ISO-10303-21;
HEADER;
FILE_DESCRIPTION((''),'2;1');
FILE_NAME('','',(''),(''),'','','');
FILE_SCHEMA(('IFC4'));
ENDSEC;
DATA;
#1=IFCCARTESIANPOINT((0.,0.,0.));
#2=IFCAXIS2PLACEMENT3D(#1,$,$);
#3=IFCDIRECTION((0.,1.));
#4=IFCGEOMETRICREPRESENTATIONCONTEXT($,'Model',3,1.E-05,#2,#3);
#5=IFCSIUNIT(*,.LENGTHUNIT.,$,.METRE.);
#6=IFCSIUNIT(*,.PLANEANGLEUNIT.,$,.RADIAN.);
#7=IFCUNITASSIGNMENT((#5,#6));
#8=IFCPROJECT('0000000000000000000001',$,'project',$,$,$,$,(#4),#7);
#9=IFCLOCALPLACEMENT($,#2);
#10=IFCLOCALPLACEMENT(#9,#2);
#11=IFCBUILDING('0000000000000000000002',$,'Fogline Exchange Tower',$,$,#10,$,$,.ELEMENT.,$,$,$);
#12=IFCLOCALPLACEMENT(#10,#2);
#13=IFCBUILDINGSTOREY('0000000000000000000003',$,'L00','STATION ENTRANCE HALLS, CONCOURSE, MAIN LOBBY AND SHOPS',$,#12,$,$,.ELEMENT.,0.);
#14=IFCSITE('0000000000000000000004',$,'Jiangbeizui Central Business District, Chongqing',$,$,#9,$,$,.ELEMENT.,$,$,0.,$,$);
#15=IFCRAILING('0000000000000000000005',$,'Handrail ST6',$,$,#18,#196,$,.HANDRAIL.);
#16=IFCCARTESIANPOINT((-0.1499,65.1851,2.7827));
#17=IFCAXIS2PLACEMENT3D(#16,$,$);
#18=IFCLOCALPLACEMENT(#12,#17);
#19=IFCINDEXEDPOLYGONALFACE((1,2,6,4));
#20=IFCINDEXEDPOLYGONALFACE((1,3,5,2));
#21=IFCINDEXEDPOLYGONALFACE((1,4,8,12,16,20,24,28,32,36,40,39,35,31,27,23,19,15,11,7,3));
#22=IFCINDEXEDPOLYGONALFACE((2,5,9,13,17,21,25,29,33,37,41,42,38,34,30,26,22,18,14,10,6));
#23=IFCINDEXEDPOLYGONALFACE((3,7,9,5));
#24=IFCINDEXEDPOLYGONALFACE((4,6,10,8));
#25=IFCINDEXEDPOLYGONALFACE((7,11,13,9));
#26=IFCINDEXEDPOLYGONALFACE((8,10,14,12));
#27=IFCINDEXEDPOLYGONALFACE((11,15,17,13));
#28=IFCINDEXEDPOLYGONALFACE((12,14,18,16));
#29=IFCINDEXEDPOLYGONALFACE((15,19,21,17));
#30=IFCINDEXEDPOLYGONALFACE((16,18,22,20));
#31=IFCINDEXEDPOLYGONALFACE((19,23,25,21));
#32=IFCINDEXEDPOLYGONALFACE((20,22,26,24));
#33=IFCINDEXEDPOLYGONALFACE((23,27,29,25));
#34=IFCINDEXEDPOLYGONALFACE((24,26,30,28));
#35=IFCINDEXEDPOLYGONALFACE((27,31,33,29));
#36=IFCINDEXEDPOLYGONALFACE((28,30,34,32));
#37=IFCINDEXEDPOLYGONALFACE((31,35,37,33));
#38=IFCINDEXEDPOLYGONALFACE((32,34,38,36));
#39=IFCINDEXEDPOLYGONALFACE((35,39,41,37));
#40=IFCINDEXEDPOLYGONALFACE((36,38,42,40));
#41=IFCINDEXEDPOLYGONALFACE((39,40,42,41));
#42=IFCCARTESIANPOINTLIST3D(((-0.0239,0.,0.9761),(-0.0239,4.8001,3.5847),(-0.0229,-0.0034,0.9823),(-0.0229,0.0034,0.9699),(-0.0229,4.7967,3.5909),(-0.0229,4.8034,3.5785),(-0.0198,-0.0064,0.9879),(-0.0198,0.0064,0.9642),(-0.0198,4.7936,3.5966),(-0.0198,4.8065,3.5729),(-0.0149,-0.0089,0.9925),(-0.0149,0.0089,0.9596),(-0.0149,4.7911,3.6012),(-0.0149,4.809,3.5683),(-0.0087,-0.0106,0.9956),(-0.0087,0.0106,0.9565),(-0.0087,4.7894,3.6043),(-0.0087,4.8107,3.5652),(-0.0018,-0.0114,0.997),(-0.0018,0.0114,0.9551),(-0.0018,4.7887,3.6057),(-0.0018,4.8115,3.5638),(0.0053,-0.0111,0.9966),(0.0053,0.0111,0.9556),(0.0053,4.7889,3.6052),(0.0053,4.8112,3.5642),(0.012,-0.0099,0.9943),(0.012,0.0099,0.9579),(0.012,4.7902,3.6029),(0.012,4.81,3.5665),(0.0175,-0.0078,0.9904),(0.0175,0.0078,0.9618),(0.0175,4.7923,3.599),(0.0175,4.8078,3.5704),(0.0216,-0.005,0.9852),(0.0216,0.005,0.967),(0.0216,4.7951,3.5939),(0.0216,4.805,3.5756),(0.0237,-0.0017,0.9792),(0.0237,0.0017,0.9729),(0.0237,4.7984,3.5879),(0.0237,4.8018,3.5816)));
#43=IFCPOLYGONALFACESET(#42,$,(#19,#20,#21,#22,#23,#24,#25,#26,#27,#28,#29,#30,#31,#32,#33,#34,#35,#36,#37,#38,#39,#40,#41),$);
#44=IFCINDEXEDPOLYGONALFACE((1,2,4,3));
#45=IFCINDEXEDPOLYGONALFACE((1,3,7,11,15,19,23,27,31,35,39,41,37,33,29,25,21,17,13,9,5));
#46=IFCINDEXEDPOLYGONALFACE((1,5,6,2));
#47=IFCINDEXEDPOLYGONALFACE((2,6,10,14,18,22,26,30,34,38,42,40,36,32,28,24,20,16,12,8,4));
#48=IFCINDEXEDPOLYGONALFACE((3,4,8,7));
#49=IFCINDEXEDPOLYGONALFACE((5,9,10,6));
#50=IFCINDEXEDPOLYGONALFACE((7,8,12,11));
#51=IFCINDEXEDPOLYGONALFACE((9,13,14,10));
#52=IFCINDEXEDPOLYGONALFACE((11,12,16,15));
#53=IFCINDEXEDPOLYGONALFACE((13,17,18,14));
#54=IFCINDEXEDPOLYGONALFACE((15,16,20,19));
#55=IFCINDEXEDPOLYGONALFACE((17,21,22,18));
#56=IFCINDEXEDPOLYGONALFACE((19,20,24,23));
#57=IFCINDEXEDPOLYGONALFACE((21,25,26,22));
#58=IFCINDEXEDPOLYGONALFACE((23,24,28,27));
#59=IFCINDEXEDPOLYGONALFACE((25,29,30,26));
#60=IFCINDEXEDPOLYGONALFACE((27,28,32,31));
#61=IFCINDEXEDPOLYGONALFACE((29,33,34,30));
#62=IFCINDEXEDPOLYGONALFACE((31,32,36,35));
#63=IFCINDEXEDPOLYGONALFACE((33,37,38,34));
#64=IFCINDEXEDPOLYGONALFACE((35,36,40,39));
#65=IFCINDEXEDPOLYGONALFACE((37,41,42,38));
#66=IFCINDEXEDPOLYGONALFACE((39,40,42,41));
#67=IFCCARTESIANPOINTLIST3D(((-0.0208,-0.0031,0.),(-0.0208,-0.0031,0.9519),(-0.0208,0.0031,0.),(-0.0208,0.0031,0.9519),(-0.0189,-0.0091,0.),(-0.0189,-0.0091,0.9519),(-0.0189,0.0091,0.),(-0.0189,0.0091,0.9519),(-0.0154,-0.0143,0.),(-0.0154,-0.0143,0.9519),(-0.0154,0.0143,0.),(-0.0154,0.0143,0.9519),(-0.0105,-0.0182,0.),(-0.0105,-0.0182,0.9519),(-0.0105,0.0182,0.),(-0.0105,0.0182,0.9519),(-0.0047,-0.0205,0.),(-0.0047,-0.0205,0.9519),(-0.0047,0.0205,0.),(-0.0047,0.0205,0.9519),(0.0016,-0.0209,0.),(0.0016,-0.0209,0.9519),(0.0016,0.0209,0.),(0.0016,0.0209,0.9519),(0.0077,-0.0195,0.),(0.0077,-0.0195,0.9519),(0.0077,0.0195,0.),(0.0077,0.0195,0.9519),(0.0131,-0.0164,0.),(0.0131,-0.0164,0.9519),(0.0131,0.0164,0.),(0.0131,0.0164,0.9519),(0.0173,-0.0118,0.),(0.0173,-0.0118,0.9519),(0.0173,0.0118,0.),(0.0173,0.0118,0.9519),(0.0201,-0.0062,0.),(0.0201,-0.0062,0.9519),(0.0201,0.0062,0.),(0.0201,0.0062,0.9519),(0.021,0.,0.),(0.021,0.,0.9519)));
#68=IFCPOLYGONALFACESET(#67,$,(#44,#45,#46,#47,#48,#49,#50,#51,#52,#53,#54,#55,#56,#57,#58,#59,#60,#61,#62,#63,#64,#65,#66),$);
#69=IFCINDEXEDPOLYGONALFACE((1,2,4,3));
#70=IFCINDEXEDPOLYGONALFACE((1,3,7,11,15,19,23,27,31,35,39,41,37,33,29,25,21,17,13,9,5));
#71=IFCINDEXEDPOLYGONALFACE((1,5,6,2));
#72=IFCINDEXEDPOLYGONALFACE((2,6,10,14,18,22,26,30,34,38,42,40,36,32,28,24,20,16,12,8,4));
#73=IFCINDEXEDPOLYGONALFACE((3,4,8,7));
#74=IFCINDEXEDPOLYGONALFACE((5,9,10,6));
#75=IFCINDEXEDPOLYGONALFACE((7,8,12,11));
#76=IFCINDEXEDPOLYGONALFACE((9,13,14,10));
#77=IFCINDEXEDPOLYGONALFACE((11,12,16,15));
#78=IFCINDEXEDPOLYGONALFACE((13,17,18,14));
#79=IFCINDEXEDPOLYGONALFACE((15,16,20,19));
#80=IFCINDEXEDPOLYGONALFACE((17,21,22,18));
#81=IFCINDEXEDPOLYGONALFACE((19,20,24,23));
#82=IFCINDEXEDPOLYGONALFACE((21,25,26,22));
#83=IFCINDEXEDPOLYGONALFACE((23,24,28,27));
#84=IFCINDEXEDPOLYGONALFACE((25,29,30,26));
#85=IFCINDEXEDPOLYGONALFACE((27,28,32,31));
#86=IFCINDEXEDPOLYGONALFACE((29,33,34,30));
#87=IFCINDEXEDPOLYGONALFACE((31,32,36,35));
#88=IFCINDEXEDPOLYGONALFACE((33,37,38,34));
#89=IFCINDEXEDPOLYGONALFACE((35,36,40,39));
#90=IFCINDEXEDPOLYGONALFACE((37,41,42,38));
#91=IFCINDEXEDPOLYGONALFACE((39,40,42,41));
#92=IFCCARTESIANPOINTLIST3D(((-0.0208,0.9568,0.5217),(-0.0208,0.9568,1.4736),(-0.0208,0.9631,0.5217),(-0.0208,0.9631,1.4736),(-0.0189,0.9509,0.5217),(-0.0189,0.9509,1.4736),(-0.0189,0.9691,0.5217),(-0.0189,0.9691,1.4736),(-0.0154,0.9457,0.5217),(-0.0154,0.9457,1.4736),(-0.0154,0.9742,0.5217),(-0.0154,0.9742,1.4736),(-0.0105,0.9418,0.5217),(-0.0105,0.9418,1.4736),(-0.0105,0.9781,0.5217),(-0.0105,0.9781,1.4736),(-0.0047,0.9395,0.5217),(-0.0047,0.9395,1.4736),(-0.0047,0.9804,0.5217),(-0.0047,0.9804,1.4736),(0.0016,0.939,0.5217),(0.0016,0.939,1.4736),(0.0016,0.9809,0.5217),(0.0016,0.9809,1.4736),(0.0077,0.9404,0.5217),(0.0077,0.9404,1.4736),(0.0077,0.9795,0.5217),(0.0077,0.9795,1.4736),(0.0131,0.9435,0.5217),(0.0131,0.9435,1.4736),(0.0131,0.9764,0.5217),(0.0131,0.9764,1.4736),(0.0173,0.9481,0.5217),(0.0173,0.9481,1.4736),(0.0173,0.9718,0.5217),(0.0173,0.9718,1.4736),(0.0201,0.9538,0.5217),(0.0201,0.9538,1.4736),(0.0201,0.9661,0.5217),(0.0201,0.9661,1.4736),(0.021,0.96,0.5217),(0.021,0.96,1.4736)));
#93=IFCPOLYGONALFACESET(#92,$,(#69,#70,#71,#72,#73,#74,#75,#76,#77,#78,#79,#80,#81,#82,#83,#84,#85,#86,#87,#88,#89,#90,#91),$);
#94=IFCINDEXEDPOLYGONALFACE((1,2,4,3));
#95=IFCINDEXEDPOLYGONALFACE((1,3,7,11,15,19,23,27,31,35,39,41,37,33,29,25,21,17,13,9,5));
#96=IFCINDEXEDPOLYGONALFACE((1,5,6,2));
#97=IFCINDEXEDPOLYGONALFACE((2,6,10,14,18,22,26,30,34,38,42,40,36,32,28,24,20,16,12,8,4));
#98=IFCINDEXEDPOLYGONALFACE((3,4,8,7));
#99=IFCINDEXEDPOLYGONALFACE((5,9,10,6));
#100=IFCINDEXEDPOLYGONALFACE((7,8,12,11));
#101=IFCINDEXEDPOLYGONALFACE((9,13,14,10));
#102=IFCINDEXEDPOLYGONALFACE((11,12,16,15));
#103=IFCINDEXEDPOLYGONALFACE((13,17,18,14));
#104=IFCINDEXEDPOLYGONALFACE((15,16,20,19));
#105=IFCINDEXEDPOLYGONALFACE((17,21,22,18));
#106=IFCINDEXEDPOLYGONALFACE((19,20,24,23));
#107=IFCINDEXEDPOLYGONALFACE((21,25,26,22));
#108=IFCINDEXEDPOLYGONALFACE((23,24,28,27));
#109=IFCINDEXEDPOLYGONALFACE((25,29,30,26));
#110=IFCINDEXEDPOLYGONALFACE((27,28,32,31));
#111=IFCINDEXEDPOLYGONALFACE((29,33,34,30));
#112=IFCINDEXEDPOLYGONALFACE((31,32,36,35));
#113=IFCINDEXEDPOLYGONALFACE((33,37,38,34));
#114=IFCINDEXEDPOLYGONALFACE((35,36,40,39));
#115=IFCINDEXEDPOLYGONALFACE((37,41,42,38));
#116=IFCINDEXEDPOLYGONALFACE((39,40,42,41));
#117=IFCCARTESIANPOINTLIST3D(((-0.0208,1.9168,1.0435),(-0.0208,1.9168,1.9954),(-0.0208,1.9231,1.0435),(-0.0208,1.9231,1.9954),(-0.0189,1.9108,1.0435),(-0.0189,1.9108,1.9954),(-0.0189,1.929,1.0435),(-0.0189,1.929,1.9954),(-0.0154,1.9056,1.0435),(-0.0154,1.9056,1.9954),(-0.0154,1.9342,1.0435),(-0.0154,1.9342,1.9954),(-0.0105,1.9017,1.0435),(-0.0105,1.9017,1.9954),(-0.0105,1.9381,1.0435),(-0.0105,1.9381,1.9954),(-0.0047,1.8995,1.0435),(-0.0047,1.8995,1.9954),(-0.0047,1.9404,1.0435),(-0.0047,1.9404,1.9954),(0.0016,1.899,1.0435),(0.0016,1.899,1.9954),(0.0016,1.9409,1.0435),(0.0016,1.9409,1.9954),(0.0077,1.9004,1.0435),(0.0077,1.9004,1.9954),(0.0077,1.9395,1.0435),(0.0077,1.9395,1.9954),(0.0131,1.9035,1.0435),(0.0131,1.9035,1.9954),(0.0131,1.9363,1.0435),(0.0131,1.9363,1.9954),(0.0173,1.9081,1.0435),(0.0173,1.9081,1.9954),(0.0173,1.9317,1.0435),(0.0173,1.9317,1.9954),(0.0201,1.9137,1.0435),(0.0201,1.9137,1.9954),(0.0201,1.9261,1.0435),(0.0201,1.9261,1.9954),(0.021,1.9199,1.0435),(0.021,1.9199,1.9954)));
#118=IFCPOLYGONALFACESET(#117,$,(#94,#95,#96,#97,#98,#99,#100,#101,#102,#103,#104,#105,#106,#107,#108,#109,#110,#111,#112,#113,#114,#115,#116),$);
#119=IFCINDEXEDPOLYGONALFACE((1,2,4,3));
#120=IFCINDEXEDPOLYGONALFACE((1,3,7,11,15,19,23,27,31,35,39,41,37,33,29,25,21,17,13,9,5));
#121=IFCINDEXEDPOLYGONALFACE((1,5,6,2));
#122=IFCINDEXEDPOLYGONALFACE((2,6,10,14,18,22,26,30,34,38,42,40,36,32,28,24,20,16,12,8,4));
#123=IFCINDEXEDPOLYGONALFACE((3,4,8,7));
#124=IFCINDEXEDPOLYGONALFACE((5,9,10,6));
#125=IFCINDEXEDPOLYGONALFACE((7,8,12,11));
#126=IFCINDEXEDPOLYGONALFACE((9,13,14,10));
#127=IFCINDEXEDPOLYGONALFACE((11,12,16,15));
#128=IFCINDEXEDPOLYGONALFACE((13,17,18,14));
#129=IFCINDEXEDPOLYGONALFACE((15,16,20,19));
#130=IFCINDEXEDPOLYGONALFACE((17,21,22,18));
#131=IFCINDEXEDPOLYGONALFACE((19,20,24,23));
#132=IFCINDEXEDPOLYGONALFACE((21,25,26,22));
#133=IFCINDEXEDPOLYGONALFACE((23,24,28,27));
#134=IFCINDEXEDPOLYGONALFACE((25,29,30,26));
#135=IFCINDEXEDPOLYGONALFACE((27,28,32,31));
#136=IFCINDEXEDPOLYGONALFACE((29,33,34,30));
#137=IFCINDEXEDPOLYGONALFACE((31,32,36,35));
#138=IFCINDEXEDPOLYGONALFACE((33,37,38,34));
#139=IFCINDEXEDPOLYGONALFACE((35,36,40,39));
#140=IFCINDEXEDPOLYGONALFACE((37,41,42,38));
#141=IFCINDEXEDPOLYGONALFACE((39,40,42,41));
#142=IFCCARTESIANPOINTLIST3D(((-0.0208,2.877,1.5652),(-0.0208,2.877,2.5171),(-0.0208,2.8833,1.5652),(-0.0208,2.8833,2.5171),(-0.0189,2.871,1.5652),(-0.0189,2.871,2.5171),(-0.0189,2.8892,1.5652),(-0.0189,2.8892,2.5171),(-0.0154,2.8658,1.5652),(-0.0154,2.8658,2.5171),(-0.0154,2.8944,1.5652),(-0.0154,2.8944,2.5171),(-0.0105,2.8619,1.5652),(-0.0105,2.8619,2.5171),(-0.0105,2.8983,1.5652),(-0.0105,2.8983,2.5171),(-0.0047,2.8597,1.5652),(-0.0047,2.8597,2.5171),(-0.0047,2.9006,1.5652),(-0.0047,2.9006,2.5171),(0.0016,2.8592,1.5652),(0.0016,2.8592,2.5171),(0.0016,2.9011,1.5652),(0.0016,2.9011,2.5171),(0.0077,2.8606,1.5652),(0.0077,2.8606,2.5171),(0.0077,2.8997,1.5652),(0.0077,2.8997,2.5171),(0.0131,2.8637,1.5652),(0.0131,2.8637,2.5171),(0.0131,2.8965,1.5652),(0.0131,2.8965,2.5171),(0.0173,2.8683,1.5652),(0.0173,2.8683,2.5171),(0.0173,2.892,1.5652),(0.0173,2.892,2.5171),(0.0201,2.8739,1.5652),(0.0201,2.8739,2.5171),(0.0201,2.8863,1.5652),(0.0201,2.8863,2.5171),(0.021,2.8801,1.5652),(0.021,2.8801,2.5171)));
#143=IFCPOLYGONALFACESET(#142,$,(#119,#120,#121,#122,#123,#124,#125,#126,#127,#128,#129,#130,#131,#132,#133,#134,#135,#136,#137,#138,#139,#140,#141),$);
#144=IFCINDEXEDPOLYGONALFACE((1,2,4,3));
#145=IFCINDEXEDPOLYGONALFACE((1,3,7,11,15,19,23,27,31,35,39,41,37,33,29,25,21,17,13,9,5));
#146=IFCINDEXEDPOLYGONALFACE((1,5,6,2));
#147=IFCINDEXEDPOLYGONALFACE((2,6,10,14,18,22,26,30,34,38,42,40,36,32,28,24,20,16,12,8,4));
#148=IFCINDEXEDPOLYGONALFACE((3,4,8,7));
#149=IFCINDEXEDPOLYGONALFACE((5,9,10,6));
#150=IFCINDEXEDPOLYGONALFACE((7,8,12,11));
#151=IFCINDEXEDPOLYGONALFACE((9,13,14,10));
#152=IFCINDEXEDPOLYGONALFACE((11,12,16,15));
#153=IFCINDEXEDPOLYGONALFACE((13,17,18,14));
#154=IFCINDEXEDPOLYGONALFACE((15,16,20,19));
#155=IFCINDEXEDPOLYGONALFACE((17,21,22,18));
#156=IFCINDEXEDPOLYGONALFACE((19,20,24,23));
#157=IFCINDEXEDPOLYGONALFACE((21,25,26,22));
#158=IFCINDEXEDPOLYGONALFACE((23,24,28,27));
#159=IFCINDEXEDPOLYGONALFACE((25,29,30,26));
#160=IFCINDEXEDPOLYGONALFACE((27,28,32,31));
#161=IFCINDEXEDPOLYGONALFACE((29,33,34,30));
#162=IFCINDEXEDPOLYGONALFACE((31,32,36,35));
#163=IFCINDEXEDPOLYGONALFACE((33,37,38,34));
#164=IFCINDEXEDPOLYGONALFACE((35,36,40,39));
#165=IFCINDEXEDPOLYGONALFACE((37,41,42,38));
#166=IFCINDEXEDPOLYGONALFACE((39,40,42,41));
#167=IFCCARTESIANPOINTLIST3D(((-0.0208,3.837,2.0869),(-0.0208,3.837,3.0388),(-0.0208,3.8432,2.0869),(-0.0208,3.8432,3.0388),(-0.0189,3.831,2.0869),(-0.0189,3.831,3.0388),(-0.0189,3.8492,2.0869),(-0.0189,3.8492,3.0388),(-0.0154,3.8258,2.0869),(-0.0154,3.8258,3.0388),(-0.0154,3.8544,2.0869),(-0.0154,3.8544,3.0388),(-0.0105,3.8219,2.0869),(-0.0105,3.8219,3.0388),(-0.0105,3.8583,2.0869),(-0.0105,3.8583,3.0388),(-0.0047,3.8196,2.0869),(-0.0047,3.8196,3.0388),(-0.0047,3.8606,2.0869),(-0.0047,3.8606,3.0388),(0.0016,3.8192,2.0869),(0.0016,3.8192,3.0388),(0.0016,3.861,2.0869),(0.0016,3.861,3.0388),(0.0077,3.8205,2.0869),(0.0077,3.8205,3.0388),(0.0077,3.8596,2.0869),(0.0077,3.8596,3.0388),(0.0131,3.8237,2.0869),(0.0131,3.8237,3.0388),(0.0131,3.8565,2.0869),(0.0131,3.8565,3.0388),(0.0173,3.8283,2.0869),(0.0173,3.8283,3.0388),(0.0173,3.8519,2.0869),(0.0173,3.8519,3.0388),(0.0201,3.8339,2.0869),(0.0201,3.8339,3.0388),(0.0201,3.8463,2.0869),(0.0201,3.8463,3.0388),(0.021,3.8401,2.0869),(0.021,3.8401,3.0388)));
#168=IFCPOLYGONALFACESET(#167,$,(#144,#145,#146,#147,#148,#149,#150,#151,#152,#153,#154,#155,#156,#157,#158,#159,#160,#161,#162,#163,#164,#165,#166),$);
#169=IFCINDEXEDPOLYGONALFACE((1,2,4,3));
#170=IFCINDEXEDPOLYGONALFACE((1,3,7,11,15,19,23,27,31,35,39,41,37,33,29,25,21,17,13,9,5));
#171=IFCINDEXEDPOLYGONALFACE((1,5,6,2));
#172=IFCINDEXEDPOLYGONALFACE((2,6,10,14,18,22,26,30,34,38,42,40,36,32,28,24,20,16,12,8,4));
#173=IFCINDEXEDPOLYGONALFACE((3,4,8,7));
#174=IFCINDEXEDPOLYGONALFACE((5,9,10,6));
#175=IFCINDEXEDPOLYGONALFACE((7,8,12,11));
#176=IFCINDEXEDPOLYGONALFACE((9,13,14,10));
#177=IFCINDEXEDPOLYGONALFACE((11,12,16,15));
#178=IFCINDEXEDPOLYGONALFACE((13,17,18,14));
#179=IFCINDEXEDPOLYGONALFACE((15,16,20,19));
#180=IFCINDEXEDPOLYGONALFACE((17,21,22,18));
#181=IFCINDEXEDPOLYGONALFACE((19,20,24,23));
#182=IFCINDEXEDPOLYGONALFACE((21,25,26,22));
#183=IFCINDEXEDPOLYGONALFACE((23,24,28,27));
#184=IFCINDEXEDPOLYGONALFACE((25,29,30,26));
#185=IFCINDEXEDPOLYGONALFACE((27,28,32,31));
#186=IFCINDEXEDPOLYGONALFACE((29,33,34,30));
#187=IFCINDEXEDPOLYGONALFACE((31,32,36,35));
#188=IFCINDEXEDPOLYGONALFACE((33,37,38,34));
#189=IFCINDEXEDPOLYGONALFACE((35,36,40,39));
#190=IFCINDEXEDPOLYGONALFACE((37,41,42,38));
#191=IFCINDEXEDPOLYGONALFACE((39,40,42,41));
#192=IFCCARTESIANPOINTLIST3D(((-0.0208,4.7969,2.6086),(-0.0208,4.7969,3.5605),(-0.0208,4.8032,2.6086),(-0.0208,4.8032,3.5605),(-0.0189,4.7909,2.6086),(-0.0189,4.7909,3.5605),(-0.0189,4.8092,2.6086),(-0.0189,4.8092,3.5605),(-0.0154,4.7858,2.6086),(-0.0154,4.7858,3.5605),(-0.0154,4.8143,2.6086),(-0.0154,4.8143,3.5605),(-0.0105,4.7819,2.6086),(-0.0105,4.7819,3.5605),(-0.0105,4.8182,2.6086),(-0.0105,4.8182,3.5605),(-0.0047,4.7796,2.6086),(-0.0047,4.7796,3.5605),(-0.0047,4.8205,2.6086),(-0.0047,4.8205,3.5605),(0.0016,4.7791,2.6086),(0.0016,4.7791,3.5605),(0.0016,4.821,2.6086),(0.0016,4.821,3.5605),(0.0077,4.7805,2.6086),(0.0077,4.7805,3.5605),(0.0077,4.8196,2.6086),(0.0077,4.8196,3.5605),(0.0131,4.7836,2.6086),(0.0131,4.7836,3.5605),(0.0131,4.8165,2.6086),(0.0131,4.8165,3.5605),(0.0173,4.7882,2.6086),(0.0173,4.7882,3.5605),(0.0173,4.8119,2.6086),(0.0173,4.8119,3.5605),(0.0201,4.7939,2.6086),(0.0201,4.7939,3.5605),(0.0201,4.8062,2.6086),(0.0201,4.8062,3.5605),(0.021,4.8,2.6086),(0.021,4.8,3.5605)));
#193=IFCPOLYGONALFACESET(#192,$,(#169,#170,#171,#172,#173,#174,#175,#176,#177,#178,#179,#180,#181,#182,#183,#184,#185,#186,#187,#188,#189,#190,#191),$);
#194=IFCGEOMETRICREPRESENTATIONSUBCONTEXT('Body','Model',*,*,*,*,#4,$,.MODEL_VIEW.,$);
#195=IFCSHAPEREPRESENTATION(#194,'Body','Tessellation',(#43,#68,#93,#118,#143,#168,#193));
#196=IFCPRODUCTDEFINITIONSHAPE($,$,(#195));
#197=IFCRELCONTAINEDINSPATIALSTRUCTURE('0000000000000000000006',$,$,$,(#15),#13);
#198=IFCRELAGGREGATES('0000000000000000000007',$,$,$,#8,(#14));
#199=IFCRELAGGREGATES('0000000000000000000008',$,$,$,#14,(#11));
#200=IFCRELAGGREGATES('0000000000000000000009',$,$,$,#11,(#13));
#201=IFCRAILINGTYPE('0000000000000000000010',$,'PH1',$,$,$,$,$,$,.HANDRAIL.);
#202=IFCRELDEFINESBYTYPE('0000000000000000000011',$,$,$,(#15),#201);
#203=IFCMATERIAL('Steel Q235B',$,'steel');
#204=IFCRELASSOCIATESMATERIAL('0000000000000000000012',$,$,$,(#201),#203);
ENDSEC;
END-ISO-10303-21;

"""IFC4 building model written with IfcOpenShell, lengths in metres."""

from ifc_helpers import new_model, si_unit, direction, frame, origin, origin_2d, place, context, subcontext, project, spatial, circle, extrude, material, type_object, element, save


model = new_model("IFC4")

# Units and contexts
model_context = context("Model", 3, precision=1e-05, world=origin(), true_north=direction((0.0, 1.0)))
body_context = subcontext(model_context, "Body", "Model", "MODEL_VIEW")
ifc_project = project(units=[si_unit("LENGTHUNIT", "METRE"), si_unit("PLANEANGLEUNIT", "RADIAN")], contexts=[model_context])

# Site, building, storey
site_placement = place(None, origin())
site = spatial("IfcSite", under=ifc_project, at=site_placement, Name="Jiangbeizui Central Business District, Chongqing", CompositionType="ELEMENT", RefElevation=0.0)
building_placement = place(site_placement, origin())
building = spatial("IfcBuilding", under=site, at=building_placement, Name="Fogline Exchange Tower", CompositionType="ELEMENT")
storey_placement = place(building_placement, origin())
storey = spatial("IfcBuildingStorey", under=building, at=storey_placement, Name="L00", Description="STATION ENTRANCE HALLS, CONCOURSE, MAIN LOBBY AND SHOPS", CompositionType="ELEMENT", Elevation=0.0)

# Railing
ifc_material_1 = material(Name="Steel Q235B", Category="steel")
railing_type_1 = type_object("IfcRailingType", Name="PH1", PredefinedType="HANDRAIL", material=ifc_material_1)
for number, where, name in (
    (1, (-0.1499, 65.1851, 2.7827), "Handrail ST6"),
):
    element("IfcRailing", number, at=place(storey_placement, frame(where)), inside=storey, type_object=railing_type_1, Name=name, PredefinedType="HANDRAIL", context=body_context, shape_type="SweptSolid", body=[
        extrude(circle(Radius=0.0239, at=origin_2d()), frame((0.0, 0.0, 0.9761), z_axis=(0.0, 0.878631, 0.477502), x_axis=(-1.0, 0.0, 0.0)), (0.0, 0.0, 1.0), 5.4631),
        extrude(circle(Radius=0.021, at=origin_2d()), origin(), (0.0, 0.0, 1.0), 0.9519),
        extrude(circle(Radius=0.021, at=origin_2d()), frame((0.0, 0.96, 0.5217)), (0.0, 0.0, 1.0), 0.9519),
        extrude(circle(Radius=0.021, at=origin_2d()), frame((0.0, 1.9199, 1.0435)), (0.0, 0.0, 1.0), 0.9519),
        extrude(circle(Radius=0.021, at=origin_2d()), frame((0.0, 2.8801, 1.5652)), (0.0, 0.0, 1.0), 0.9519),
        extrude(circle(Radius=0.021, at=origin_2d()), frame((0.0, 3.8401, 2.0869)), (0.0, 0.0, 1.0), 0.9519),
        extrude(circle(Radius=0.021, at=origin_2d()), frame((0.0, 4.8, 2.6086)), (0.0, 0.0, 1.0), 0.9519),
    ])

save(model, "model.ifc")
